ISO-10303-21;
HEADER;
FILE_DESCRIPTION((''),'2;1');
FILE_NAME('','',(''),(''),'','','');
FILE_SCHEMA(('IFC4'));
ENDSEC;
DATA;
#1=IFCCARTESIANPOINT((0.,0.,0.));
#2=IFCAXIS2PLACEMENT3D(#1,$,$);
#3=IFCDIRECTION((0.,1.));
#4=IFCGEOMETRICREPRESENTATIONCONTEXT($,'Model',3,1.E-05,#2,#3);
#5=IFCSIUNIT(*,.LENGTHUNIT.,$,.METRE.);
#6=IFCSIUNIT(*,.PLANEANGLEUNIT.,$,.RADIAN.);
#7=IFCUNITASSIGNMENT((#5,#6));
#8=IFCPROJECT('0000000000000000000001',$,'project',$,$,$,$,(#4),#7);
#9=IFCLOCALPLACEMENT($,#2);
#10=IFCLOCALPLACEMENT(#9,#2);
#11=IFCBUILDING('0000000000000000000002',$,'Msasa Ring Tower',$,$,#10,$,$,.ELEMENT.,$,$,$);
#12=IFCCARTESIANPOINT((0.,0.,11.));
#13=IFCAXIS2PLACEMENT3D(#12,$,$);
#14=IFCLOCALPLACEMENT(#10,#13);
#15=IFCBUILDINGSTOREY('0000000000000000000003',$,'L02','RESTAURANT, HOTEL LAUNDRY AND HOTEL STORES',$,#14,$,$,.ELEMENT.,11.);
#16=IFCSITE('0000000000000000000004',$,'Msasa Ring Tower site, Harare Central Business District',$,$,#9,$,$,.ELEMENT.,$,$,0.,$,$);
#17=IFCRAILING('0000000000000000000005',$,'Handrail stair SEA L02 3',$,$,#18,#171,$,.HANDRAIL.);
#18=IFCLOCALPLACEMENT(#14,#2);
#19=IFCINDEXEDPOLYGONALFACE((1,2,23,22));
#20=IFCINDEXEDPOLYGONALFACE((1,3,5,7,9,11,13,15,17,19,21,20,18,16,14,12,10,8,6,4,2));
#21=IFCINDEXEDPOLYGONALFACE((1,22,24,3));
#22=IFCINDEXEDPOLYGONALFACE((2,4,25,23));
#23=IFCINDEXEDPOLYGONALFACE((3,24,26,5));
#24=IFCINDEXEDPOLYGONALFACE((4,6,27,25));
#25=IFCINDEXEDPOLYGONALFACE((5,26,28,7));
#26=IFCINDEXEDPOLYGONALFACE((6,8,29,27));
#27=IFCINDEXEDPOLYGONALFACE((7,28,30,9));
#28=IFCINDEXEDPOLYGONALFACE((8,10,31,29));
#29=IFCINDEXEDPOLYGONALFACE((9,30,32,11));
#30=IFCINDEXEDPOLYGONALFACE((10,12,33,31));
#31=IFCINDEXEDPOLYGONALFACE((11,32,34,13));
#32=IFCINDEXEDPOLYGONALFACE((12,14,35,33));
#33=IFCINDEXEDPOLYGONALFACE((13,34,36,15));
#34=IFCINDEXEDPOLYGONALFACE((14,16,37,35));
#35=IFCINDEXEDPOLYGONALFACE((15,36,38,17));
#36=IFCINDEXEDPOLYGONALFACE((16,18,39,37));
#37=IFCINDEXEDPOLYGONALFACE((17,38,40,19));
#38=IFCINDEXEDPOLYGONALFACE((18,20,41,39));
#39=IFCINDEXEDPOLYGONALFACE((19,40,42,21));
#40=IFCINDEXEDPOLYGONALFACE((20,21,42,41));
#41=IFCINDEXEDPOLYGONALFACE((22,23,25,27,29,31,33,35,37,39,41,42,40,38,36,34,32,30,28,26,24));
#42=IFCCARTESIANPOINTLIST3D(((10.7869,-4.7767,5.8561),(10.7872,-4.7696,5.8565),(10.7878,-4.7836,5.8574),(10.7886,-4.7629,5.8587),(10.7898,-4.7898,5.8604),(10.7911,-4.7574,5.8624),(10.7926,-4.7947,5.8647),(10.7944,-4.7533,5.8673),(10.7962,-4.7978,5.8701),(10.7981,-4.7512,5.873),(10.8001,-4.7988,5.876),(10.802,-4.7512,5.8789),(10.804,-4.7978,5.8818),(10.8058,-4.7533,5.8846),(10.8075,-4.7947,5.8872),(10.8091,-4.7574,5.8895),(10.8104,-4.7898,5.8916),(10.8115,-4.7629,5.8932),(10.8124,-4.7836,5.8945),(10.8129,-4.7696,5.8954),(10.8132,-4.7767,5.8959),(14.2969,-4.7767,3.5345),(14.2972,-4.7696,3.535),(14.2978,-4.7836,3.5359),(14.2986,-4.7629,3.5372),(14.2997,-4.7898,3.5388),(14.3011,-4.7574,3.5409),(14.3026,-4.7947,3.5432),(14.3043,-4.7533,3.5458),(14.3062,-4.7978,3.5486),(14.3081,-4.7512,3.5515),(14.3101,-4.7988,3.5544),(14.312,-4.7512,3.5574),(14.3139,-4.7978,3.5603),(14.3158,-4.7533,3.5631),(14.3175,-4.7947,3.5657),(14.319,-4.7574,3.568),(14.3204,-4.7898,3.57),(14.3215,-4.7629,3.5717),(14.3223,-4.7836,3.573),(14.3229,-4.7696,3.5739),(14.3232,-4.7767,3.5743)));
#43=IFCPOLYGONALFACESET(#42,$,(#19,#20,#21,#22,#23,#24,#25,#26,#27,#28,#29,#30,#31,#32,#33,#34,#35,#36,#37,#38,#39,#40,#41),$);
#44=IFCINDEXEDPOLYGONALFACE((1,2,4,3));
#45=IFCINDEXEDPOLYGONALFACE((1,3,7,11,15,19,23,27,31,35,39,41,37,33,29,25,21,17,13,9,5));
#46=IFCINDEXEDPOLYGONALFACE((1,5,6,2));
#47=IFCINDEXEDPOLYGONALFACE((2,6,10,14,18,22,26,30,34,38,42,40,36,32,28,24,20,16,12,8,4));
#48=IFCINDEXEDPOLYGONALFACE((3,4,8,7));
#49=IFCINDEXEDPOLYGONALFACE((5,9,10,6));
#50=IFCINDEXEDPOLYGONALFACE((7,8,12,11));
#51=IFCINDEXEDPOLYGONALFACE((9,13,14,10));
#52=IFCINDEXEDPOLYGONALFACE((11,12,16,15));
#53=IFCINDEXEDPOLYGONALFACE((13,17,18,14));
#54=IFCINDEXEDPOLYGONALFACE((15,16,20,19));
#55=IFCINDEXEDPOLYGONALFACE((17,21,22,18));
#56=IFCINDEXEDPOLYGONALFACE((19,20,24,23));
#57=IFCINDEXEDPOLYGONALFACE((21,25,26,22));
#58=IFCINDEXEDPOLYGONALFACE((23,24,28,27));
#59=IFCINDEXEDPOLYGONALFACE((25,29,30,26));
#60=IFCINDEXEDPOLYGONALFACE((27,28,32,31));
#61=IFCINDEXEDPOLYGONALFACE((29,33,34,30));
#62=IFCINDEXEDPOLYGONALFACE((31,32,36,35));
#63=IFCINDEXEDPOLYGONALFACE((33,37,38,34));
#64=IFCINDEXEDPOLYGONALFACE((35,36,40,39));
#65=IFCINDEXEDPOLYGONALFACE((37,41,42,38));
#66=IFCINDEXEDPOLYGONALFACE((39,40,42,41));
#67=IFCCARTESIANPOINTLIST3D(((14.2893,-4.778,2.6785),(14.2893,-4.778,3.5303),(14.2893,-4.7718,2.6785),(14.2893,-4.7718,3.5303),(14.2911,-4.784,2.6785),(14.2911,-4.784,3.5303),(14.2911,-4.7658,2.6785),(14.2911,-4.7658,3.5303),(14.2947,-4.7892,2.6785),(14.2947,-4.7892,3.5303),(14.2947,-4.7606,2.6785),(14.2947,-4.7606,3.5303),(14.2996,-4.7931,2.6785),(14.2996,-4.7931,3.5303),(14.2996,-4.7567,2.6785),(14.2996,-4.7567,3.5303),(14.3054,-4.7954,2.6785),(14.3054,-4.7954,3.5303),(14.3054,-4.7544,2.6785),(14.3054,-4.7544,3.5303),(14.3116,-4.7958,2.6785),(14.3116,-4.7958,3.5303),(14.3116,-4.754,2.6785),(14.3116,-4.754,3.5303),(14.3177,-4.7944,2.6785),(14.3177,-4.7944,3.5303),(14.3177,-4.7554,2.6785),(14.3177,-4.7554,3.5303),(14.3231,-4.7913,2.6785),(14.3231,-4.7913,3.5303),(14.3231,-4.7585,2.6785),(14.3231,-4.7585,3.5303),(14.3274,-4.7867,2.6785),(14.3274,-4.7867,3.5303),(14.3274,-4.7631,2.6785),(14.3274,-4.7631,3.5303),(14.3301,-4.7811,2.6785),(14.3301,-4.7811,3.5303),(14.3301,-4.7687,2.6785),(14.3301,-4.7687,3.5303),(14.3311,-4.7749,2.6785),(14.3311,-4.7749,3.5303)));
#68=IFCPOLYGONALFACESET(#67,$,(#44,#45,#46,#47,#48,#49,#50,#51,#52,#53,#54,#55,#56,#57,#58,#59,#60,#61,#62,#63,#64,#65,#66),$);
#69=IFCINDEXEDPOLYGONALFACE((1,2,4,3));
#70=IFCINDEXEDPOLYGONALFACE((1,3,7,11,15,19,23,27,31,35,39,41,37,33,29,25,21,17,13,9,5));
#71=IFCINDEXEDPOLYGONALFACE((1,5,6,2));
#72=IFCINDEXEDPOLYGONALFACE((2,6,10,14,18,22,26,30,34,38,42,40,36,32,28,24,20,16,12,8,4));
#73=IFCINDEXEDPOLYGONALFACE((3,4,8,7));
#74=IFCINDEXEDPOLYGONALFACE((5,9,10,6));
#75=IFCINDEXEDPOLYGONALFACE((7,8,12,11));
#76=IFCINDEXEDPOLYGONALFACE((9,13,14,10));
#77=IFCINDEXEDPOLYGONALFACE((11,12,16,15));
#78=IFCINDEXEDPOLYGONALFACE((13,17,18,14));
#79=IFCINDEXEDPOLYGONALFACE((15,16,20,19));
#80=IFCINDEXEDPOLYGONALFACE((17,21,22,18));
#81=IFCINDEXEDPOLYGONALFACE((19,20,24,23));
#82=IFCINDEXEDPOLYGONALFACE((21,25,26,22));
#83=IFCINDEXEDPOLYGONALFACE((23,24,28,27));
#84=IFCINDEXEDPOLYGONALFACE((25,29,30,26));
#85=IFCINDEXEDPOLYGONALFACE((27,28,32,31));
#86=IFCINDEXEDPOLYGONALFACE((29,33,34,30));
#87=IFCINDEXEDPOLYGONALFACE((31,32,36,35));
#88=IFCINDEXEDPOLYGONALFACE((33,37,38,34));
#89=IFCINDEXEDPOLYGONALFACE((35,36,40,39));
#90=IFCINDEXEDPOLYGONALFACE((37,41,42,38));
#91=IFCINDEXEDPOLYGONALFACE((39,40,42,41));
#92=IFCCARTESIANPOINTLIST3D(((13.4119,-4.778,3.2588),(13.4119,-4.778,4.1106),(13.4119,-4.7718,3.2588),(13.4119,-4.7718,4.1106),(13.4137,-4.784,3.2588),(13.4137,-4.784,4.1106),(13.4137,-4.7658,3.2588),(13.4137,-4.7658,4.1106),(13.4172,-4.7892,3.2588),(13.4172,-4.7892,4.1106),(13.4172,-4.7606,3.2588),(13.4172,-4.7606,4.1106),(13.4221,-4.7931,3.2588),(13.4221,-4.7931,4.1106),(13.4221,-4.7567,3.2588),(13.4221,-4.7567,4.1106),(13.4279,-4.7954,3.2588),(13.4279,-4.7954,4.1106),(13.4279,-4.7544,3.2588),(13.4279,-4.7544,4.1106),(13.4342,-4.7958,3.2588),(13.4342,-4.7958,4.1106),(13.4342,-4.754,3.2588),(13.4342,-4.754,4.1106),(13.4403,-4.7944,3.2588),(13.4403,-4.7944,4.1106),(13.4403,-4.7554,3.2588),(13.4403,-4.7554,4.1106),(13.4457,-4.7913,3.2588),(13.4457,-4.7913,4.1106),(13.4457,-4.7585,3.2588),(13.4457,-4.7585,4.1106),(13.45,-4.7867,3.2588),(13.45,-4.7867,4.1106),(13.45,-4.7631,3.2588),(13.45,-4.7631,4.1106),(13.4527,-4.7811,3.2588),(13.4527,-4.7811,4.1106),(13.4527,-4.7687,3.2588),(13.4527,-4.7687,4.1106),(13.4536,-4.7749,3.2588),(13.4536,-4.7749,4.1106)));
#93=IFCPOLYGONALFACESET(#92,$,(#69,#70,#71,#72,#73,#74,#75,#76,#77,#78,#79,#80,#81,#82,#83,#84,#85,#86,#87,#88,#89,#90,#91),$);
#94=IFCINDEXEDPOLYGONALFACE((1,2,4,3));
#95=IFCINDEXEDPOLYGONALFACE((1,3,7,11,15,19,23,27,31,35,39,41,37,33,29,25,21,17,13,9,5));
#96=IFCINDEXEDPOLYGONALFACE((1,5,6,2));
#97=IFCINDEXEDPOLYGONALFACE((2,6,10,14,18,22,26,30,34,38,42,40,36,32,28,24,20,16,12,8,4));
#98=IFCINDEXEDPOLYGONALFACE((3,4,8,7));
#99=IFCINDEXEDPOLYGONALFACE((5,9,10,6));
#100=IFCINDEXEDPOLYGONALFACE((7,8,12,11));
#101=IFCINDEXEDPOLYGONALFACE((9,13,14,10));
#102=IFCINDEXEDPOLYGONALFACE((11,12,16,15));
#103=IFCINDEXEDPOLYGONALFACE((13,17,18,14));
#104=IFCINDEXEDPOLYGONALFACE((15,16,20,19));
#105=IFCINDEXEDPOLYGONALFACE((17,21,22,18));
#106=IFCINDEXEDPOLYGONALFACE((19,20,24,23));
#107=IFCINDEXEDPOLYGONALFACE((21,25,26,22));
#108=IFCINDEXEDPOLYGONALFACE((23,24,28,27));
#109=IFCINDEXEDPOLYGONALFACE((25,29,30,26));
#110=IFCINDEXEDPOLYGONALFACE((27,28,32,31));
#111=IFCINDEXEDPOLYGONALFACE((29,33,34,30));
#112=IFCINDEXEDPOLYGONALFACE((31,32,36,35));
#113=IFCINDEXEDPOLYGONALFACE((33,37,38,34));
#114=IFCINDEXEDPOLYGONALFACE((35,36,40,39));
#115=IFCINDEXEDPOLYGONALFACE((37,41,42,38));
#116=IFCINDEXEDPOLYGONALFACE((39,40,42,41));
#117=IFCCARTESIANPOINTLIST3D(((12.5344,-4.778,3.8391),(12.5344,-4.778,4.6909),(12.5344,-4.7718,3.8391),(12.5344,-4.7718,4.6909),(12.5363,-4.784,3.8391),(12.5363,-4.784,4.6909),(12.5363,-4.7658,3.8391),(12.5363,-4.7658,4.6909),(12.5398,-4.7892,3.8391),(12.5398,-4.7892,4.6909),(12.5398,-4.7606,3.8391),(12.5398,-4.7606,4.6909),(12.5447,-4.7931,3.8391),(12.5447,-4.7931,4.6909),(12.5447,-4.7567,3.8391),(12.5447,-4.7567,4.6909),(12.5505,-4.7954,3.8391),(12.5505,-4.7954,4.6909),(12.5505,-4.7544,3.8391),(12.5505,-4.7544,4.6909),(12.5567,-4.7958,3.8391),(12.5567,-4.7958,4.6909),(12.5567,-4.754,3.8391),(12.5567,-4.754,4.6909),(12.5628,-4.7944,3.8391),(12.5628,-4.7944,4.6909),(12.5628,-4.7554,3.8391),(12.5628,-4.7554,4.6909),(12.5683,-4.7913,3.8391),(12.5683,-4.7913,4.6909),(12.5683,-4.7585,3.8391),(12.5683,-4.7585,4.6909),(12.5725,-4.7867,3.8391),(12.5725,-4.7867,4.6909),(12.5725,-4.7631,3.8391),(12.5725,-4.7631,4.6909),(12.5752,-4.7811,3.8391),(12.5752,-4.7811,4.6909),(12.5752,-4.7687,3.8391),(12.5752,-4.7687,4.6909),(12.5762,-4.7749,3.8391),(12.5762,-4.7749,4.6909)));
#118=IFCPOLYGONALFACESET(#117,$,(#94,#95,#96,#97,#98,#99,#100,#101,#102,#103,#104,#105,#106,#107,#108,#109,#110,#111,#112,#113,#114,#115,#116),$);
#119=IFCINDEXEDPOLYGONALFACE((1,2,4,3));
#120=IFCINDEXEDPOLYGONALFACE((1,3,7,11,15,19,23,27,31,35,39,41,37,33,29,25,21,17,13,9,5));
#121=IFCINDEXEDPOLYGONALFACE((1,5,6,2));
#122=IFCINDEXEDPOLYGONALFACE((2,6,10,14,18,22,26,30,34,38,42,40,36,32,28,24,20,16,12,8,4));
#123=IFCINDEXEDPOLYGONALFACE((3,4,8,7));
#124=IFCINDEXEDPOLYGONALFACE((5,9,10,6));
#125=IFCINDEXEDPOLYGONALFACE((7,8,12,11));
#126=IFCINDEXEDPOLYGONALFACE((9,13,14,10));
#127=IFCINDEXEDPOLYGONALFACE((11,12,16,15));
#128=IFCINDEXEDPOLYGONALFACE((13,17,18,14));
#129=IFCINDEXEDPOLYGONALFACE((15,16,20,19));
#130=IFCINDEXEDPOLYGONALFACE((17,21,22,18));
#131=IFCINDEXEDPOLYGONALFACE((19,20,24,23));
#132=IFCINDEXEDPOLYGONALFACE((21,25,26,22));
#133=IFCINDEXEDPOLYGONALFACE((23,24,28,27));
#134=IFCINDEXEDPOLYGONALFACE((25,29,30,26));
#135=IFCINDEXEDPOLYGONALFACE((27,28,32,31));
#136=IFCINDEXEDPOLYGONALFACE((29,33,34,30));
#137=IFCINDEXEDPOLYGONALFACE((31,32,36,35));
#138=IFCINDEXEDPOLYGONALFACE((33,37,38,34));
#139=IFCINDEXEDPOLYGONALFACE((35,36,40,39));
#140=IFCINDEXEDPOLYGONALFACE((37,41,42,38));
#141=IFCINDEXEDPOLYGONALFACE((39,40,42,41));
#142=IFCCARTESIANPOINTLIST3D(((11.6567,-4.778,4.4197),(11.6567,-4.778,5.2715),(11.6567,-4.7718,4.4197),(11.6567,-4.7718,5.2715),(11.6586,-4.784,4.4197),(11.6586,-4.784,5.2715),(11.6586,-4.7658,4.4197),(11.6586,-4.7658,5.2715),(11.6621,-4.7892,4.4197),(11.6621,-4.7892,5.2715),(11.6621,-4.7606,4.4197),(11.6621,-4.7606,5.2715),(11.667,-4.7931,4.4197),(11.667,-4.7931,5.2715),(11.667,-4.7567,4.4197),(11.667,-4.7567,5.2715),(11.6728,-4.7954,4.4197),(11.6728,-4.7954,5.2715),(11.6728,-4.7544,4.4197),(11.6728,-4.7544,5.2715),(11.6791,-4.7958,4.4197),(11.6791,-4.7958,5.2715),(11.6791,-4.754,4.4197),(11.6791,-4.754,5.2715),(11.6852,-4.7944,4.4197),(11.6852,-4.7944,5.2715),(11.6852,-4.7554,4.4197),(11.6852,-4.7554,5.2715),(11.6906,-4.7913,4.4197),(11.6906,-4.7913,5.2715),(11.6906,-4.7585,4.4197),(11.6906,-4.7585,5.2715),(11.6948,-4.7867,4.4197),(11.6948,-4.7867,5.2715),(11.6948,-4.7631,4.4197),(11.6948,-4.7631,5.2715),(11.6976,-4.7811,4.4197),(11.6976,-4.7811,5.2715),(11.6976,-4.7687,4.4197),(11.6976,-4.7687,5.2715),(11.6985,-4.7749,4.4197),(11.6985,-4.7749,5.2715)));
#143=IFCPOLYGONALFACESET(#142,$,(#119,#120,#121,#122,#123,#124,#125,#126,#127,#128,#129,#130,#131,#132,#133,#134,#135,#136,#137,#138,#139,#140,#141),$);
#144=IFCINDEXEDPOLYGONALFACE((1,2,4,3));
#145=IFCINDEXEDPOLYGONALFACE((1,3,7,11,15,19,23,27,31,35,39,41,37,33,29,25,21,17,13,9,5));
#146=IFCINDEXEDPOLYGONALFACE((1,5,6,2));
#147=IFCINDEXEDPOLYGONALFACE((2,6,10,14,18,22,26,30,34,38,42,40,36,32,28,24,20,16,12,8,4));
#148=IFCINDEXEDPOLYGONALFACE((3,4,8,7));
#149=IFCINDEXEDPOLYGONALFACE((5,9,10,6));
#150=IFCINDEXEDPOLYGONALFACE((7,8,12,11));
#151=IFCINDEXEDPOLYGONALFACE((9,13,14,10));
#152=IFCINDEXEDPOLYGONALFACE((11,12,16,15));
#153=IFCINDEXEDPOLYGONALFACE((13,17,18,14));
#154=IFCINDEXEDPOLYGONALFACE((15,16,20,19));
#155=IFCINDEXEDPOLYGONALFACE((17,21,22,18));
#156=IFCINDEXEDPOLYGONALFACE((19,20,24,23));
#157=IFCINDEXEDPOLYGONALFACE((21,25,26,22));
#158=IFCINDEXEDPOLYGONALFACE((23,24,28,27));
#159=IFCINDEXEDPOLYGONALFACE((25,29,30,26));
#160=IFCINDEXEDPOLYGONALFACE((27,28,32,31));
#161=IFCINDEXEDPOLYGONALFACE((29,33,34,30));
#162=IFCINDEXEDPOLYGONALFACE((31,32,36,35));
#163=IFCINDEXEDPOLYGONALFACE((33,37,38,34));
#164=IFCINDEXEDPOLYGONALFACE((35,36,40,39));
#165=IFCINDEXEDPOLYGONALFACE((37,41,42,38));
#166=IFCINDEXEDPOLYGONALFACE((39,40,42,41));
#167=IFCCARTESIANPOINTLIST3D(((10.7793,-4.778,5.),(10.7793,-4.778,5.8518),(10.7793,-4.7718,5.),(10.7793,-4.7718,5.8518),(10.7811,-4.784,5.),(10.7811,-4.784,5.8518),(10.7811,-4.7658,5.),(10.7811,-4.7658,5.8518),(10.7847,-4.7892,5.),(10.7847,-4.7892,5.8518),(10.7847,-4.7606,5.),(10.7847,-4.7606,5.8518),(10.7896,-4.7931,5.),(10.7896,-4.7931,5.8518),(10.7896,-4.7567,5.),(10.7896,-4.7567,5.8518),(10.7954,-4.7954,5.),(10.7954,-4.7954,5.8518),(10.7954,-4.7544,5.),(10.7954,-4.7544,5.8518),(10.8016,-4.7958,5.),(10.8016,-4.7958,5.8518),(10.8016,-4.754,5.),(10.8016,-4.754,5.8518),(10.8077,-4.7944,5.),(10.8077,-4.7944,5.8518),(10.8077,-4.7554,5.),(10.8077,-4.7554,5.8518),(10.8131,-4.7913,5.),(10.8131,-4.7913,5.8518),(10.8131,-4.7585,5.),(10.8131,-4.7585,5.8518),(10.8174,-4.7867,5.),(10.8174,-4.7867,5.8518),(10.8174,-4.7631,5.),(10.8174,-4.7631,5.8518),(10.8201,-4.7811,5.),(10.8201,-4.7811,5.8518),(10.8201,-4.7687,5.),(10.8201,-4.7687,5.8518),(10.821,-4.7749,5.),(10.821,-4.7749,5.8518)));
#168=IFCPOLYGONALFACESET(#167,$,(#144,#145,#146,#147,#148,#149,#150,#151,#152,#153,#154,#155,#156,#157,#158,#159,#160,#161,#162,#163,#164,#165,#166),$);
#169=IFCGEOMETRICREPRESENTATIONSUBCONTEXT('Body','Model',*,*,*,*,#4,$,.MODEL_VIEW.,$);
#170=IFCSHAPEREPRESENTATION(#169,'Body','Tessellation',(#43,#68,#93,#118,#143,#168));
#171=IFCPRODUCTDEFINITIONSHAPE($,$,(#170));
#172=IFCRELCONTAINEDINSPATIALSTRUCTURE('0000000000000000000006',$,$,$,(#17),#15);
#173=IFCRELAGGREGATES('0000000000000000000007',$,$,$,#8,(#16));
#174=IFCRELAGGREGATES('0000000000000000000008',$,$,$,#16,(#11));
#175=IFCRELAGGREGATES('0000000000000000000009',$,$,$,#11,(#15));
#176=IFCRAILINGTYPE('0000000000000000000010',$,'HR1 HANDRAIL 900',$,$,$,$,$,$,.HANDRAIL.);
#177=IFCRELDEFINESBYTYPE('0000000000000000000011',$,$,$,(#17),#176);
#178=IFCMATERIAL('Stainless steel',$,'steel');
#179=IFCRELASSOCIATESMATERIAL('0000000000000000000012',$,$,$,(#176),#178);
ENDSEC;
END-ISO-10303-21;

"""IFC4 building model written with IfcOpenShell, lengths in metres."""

from ifc_helpers import new_model, si_unit, direction, frame, origin, origin_2d, place, context, subcontext, project, spatial, circle, extrude, material, type_object, element, save


model = new_model("IFC4")

# Units and contexts
model_context = context("Model", 3, precision=1e-05, world=origin(), true_north=direction((0.0, 1.0)))
body_context = subcontext(model_context, "Body", "Model", "MODEL_VIEW")
ifc_project = project(units=[si_unit("LENGTHUNIT", "METRE"), si_unit("PLANEANGLEUNIT", "RADIAN")], contexts=[model_context])

# Site, building, storey
site_placement = place(None, origin())
site = spatial("IfcSite", under=ifc_project, at=site_placement, Name="Msasa Ring Tower site, Harare Central Business District", CompositionType="ELEMENT", RefElevation=0.0)
building_placement = place(site_placement, origin())
building = spatial("IfcBuilding", under=site, at=building_placement, Name="Msasa Ring Tower", CompositionType="ELEMENT")
storey_placement = place(building_placement, frame((0.0, 0.0, 11.0)))
storey = spatial("IfcBuildingStorey", under=building, at=storey_placement, Name="L02", Description="RESTAURANT, HOTEL LAUNDRY AND HOTEL STORES", CompositionType="ELEMENT", Elevation=11.0)

# Railing
ifc_material_1 = material(Name="Stainless steel", Category="steel")
railing_type = type_object("IfcRailingType", Name="HR1 HANDRAIL 900", PredefinedType="HANDRAIL", material=ifc_material_1)
for number, where, name in (
    (1, (14.3101, -4.7749, 2.6785), "Handrail stair SEA L02 3"),
):
    element("IfcRailing", number, at=place(storey_placement, frame(where)), inside=storey, type_object=railing_type, Name=name, PredefinedType="HANDRAIL", context=body_context, shape_type="SweptSolid", body=[
        extrude(circle(Radius=0.0239, at=origin_2d()), frame((0.0, 0.0, 0.876), z_axis=(-0.834071, 0.0, 0.551657), x_axis=(0.0, -1.0, 0.0)), (0.0, 0.0, 1.0), 4.2083),
        extrude(circle(Radius=0.021, at=origin_2d()), origin(), (0.0, 0.0, 1.0), 0.8518),
        extrude(circle(Radius=0.021, at=origin_2d()), frame((-0.8774, 0.0, 0.5803)), (0.0, 0.0, 1.0), 0.8518),
        extrude(circle(Radius=0.021, at=origin_2d()), frame((-1.7549, 0.0, 1.1606)), (0.0, 0.0, 1.0), 0.8518),
        extrude(circle(Radius=0.021, at=origin_2d()), frame((-2.6326, 0.0, 1.7412)), (0.0, 0.0, 1.0), 0.8518),
        extrude(circle(Radius=0.021, at=origin_2d()), frame((-3.51, 0.0, 2.3215)), (0.0, 0.0, 1.0), 0.8518),
    ])

save(model, "model.ifc")
